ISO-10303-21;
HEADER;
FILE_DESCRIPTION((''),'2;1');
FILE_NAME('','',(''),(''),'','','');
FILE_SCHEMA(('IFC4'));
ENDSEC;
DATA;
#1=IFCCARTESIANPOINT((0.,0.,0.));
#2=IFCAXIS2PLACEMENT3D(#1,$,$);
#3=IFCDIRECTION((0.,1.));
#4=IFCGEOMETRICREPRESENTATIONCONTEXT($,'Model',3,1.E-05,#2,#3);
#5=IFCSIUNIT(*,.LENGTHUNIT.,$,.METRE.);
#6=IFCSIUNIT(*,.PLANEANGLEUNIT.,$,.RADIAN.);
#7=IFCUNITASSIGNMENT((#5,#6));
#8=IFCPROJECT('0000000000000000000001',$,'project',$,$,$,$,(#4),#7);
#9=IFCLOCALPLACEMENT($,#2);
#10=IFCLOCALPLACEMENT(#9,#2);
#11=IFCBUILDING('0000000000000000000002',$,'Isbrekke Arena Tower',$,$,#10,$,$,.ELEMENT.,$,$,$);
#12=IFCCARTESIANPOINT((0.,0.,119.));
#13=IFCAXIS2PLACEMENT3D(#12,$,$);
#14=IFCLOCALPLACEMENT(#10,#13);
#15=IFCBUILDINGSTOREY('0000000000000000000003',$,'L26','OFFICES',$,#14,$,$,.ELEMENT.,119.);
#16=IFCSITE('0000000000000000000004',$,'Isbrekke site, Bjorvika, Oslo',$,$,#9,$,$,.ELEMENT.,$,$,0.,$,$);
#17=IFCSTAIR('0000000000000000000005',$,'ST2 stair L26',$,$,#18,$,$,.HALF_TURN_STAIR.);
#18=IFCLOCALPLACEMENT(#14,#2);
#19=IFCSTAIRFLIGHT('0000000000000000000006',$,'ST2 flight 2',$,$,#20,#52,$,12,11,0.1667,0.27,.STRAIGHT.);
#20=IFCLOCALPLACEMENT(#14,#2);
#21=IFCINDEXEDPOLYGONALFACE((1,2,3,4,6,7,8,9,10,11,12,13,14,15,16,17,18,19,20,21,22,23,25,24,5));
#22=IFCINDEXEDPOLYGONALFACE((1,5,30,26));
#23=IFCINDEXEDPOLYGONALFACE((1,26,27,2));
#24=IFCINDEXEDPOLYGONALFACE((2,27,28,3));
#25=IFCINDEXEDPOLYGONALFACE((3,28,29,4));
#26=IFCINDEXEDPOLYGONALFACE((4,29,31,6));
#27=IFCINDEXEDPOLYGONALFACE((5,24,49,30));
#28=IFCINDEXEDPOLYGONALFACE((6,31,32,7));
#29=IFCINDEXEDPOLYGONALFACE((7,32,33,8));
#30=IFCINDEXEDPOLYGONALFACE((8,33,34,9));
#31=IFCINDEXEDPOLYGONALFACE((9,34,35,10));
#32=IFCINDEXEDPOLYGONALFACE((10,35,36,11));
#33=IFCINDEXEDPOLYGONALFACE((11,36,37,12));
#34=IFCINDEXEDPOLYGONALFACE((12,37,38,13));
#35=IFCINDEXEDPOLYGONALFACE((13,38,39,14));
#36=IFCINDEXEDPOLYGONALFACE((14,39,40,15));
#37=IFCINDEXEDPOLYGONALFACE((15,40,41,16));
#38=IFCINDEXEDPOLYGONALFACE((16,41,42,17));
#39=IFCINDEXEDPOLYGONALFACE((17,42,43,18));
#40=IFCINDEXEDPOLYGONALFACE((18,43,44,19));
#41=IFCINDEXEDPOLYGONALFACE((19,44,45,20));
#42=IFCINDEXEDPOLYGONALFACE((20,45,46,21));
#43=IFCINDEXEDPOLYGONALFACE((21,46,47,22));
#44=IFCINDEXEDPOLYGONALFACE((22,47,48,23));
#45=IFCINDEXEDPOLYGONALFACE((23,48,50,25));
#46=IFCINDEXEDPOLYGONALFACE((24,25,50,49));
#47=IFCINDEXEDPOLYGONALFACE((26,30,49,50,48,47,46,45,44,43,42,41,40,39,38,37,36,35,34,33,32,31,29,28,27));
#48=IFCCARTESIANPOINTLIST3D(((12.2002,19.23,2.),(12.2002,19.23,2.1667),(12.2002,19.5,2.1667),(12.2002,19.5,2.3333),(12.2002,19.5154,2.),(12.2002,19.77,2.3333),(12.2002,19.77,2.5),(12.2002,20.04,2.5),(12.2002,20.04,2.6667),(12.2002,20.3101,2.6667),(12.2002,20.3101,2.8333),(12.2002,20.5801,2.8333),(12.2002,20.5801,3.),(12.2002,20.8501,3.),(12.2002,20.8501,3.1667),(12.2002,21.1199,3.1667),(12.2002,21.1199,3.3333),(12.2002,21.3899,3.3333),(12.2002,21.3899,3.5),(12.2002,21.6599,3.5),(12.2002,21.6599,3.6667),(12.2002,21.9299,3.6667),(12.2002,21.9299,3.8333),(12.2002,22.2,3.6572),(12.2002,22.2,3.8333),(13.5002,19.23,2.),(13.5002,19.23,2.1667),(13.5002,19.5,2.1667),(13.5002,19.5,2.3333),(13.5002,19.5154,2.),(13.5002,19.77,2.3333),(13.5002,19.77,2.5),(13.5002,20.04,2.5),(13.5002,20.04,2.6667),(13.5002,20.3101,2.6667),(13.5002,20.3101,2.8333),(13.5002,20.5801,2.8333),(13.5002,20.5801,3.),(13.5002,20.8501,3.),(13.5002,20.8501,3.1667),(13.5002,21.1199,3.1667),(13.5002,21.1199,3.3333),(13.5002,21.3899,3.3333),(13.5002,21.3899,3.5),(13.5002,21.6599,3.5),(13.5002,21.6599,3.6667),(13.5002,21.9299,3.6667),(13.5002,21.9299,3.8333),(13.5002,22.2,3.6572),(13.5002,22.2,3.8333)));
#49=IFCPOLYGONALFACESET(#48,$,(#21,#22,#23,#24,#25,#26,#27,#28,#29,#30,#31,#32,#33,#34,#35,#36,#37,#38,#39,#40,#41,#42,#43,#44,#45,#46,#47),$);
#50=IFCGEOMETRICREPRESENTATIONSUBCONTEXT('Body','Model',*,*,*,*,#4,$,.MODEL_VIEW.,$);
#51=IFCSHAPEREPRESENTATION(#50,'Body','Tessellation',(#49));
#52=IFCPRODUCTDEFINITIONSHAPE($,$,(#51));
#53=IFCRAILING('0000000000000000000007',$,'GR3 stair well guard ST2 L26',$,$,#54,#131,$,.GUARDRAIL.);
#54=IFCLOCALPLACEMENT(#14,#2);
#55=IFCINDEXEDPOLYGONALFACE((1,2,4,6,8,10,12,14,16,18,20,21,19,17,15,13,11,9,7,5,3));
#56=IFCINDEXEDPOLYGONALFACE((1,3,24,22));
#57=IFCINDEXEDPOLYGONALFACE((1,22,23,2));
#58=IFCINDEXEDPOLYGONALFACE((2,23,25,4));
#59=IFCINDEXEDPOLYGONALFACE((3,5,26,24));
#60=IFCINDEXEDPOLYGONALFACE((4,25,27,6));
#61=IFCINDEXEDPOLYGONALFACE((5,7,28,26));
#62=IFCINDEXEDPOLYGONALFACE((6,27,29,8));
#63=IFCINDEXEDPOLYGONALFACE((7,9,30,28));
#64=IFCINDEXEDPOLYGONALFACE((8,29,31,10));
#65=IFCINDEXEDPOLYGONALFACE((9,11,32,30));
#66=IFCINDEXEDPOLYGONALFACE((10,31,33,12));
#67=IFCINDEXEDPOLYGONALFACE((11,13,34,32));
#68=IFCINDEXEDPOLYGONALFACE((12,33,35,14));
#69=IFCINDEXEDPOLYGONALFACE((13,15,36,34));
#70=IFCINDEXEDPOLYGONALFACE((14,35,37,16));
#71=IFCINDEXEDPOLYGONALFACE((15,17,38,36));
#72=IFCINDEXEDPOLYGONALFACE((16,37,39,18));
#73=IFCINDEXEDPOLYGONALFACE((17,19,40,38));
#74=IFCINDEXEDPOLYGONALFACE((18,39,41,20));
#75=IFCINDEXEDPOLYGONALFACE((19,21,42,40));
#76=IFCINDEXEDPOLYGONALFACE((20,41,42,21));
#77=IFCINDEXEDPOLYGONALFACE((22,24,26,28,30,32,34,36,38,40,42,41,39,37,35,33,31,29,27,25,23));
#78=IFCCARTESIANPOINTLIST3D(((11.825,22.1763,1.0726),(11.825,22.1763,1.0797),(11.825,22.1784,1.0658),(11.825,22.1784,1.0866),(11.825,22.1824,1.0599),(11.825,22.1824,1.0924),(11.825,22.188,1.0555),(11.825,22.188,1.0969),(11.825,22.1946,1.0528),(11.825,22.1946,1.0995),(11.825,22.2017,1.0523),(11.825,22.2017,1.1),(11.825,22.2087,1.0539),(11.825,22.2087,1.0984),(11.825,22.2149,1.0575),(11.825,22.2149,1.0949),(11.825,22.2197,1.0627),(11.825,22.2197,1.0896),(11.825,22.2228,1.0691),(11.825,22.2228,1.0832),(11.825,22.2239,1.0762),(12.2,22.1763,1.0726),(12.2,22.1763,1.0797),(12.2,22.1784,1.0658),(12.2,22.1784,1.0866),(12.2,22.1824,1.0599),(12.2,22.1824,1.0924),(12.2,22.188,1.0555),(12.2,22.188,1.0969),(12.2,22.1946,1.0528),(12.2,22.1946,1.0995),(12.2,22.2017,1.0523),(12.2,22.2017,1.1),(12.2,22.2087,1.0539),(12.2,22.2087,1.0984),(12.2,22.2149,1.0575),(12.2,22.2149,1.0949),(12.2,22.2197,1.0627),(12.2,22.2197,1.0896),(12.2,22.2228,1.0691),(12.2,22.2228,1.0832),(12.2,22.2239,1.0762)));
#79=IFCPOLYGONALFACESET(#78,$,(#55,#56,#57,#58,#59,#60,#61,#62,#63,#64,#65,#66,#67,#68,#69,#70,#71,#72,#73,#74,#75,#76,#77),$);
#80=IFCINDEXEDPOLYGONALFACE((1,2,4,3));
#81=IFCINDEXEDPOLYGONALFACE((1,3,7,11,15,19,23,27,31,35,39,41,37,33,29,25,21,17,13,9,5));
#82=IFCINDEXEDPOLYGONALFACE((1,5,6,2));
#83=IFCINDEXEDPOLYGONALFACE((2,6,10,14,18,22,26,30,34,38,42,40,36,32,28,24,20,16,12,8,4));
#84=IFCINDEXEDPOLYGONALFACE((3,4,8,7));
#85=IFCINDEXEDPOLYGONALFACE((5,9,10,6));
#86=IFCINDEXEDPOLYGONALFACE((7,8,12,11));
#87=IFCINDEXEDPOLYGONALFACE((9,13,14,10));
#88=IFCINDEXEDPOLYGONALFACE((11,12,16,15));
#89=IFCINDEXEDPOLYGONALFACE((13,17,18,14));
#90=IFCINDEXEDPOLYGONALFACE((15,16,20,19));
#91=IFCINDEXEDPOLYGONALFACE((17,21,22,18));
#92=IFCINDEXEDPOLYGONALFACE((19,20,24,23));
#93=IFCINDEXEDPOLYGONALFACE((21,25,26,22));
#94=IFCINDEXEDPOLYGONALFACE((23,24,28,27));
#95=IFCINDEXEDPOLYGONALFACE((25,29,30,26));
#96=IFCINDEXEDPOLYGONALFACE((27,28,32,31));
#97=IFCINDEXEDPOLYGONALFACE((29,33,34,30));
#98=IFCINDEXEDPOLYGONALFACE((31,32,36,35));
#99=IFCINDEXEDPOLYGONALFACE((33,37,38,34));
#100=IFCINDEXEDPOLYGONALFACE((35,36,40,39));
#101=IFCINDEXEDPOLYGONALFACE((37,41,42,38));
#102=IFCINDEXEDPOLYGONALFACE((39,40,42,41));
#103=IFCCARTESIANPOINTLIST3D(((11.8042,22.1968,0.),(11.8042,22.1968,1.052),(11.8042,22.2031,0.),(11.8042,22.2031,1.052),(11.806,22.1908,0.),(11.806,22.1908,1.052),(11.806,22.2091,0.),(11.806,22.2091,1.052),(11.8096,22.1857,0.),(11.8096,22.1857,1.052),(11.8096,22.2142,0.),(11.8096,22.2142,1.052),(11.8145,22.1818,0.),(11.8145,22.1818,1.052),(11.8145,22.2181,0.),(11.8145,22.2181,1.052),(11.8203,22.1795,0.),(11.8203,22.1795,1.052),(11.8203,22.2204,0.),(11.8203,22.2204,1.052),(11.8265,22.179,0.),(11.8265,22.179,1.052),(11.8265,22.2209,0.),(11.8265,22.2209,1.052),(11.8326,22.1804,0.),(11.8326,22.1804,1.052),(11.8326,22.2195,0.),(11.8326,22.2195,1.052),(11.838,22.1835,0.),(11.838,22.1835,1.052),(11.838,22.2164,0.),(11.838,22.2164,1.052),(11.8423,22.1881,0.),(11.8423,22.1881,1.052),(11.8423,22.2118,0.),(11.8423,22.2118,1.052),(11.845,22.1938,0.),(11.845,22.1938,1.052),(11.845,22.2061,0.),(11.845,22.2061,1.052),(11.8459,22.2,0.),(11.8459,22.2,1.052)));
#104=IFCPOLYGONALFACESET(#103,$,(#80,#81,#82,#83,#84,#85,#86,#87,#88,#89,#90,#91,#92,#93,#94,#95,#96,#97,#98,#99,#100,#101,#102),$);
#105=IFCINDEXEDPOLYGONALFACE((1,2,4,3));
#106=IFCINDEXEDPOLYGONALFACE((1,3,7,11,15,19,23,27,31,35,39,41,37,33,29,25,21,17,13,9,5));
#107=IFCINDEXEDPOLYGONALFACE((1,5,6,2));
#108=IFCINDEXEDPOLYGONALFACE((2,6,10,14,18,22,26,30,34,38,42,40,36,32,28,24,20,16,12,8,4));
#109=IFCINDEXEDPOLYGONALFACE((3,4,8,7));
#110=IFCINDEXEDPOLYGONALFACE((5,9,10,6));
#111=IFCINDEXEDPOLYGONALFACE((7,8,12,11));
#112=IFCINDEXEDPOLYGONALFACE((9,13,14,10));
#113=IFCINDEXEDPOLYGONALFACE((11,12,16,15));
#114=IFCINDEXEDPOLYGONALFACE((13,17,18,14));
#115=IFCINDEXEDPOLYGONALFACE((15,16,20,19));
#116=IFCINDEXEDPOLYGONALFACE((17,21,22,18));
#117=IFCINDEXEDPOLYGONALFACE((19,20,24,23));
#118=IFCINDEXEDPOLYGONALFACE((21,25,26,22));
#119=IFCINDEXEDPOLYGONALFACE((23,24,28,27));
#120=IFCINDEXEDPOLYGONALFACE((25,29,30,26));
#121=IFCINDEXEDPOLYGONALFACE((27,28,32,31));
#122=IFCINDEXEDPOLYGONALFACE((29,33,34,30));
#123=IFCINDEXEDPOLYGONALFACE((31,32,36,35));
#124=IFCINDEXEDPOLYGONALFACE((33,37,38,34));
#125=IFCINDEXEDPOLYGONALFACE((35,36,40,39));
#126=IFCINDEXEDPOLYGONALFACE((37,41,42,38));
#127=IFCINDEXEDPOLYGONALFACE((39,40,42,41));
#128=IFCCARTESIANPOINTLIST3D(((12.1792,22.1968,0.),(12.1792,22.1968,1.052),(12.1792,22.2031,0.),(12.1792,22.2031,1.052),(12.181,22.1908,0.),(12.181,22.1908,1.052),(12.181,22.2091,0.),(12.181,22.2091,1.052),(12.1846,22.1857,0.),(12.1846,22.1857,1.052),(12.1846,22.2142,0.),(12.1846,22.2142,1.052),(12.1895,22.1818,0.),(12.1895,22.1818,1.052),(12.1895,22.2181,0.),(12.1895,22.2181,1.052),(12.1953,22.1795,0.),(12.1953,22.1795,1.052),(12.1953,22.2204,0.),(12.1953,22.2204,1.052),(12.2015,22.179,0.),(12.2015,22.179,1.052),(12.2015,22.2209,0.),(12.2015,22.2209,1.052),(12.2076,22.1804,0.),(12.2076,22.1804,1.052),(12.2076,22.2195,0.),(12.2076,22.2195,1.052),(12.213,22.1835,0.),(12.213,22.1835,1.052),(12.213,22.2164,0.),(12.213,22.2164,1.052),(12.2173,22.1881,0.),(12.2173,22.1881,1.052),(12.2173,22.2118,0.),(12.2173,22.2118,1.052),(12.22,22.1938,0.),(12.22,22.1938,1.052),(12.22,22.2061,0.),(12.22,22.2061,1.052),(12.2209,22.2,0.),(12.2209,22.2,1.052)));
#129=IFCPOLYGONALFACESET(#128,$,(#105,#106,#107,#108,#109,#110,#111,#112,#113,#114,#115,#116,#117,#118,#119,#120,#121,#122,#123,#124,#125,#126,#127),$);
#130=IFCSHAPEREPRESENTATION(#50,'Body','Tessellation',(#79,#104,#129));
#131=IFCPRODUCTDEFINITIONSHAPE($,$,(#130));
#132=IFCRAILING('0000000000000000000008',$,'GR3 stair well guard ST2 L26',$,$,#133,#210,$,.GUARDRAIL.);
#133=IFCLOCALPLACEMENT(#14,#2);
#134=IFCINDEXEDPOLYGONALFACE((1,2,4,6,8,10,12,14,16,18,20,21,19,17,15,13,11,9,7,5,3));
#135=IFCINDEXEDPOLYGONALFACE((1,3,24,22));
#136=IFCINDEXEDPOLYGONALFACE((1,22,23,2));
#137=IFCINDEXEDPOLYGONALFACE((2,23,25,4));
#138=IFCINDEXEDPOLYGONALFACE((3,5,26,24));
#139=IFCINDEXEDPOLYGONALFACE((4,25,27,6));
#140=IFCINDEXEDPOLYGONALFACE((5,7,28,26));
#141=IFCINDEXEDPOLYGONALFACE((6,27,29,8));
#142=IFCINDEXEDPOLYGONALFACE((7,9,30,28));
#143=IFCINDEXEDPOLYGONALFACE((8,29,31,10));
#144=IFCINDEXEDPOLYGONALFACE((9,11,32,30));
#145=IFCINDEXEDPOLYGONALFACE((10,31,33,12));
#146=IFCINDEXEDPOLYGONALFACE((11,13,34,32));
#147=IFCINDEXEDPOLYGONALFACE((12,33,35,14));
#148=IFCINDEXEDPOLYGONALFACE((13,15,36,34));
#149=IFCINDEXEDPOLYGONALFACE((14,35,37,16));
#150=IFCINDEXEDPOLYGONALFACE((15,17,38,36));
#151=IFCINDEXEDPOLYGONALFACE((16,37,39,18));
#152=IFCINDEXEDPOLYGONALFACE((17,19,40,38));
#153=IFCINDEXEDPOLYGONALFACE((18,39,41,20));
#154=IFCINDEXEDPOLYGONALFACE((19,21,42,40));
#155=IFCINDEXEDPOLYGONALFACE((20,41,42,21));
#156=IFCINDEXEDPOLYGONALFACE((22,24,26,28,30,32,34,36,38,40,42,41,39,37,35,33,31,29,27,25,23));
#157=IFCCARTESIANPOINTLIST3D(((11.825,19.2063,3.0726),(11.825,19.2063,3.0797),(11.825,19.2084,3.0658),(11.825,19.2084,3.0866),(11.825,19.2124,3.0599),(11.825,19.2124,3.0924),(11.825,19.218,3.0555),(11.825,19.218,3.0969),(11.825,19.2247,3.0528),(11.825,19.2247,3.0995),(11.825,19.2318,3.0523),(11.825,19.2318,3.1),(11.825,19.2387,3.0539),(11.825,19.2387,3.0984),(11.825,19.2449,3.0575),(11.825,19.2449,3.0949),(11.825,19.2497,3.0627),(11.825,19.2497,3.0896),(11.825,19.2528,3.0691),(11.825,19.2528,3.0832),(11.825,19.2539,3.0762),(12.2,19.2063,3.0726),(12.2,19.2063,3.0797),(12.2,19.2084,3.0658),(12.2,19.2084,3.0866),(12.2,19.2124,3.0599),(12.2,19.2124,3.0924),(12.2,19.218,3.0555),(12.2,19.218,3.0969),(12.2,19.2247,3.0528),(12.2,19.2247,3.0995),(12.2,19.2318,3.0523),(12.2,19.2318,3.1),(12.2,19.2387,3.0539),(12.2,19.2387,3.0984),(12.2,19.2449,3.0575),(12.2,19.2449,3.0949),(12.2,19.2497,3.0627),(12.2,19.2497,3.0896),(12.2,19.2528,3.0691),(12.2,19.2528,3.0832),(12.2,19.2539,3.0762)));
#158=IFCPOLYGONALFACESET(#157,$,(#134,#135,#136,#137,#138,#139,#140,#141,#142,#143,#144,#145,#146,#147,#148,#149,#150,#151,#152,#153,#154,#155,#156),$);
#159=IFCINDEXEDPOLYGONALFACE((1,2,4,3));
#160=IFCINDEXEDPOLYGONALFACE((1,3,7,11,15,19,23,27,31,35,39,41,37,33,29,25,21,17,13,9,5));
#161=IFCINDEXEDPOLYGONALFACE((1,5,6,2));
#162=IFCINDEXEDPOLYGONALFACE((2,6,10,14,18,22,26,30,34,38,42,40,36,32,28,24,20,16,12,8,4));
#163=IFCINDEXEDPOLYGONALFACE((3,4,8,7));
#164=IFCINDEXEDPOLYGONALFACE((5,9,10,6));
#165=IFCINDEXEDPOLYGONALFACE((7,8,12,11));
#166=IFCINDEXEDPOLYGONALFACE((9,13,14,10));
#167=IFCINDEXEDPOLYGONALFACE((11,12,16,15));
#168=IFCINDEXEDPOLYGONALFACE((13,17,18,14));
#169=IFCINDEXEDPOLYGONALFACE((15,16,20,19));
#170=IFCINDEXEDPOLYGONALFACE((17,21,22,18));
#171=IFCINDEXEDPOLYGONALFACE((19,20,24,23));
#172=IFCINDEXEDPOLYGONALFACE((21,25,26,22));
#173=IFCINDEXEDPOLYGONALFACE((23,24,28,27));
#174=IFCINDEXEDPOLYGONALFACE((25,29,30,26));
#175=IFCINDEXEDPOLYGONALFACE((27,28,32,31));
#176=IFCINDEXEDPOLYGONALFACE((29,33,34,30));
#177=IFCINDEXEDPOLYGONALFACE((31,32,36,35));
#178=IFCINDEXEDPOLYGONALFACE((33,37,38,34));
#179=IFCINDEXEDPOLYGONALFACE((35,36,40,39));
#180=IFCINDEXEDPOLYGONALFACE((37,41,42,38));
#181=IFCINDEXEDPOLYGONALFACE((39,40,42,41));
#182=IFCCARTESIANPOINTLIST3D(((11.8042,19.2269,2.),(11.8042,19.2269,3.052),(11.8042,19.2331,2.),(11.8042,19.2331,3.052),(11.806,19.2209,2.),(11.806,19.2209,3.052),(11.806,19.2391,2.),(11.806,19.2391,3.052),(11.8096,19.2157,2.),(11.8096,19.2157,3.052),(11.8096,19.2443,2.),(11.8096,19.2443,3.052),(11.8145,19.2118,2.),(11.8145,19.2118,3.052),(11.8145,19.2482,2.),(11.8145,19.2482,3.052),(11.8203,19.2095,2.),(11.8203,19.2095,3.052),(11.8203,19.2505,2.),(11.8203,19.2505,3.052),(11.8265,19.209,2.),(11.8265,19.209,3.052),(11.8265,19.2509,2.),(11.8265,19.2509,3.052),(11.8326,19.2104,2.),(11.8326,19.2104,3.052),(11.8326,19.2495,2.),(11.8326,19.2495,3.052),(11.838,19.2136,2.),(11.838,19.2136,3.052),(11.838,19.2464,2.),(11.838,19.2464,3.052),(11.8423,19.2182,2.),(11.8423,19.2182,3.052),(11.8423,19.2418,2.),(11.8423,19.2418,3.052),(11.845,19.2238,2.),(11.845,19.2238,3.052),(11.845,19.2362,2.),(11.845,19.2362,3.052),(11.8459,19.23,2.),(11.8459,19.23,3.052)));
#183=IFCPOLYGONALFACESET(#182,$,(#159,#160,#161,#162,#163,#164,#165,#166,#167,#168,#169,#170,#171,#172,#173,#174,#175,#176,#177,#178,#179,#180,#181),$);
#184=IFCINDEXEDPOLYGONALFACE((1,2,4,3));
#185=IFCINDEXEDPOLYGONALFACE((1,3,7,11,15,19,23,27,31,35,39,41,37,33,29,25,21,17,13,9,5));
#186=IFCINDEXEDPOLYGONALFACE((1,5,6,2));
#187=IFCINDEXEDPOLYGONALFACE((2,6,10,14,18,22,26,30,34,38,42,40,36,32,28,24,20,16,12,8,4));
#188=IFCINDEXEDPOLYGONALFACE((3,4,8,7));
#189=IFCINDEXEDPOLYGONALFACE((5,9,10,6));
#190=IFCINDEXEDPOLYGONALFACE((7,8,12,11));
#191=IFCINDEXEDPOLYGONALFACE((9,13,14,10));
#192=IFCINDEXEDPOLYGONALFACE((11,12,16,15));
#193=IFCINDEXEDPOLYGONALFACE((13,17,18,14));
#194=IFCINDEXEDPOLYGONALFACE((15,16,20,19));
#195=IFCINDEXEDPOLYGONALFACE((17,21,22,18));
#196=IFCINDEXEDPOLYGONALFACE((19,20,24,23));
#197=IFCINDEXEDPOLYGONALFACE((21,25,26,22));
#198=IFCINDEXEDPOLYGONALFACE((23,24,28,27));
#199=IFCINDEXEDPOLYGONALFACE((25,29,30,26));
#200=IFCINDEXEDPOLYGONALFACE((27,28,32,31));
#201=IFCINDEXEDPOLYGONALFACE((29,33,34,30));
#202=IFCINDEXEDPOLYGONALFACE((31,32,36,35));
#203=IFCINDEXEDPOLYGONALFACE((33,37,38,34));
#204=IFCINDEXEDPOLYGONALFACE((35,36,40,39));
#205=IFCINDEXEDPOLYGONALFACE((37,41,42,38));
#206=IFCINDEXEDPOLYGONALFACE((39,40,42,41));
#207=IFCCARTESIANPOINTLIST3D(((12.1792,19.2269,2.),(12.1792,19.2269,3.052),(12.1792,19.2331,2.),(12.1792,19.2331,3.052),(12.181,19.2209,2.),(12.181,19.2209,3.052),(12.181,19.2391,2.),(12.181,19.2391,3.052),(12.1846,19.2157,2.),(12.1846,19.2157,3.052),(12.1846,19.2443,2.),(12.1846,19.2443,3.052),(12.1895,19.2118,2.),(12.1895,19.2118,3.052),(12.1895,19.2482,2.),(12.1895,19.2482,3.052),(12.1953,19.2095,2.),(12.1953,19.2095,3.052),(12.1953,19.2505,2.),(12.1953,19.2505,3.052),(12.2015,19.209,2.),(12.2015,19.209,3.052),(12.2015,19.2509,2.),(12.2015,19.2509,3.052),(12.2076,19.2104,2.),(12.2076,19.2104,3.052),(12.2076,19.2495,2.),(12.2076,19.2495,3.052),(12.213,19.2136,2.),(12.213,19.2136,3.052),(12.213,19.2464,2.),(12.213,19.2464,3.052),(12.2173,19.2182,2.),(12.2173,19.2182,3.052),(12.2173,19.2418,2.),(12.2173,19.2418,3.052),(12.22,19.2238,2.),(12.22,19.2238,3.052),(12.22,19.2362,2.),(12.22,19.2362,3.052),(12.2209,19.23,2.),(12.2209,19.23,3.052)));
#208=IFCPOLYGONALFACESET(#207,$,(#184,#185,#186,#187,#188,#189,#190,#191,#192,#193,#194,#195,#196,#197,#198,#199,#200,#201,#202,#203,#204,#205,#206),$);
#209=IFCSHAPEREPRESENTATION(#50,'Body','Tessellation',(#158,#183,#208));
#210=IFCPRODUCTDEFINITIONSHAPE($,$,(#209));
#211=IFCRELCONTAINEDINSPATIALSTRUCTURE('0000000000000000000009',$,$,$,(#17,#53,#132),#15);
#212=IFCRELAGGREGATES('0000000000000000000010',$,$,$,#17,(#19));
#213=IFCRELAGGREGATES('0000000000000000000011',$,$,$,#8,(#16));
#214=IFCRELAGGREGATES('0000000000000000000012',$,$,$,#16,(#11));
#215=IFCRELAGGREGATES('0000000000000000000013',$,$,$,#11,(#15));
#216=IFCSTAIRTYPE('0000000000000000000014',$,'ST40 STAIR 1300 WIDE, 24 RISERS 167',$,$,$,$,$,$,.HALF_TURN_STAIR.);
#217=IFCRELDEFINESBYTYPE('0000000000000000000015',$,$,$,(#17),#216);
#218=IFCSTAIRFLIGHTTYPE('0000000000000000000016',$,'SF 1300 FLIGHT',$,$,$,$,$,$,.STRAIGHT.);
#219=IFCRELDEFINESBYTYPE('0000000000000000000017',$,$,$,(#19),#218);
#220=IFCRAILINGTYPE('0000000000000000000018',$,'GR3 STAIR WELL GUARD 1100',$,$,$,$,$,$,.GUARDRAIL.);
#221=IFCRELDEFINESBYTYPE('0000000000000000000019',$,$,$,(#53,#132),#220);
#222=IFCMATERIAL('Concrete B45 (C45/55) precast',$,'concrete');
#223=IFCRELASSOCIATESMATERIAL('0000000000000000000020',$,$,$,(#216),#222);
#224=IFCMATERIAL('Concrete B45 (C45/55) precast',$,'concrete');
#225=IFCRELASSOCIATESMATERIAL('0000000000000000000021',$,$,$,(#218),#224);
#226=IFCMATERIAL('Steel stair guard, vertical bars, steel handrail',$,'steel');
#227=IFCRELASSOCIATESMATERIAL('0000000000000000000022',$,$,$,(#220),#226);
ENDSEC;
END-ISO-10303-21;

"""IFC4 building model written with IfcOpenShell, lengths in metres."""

from ifc_helpers import new_model, si_unit, direction, frame, origin, origin_2d, place, context, subcontext, project, spatial, polyline, circle, outline, extrude, material, type_object, element, aggregate, save


model = new_model("IFC4")

# Units and contexts
model_context = context("Model", 3, precision=1e-05, world=origin(), true_north=direction((0.0, 1.0)))
body_context = subcontext(model_context, "Body", "Model", "MODEL_VIEW")
ifc_project = project(units=[si_unit("LENGTHUNIT", "METRE"), si_unit("PLANEANGLEUNIT", "RADIAN")], contexts=[model_context])

# Site, building, storey
site_placement = place(None, origin())
site = spatial("IfcSite", under=ifc_project, at=site_placement, Name="Isbrekke site, Bjorvika, Oslo", CompositionType="ELEMENT", RefElevation=0.0)
building_placement = place(site_placement, origin())
building = spatial("IfcBuilding", under=site, at=building_placement, Name="Isbrekke Arena Tower", CompositionType="ELEMENT")
storey_placement = place(building_placement, frame((0.0, 0.0, 119.0)))
storey = spatial("IfcBuildingStorey", under=building, at=storey_placement, Name="L26", Description="OFFICES", CompositionType="ELEMENT", Elevation=119.0)

# Stair, stair flight
ifc_material_1 = material(Name="Concrete B45 (C45/55) precast", Category="concrete")
stair_type = type_object("IfcStairType", Name="ST40 STAIR 1300 WIDE, 24 RISERS 167", PredefinedType="HALF_TURN_STAIR", material=ifc_material_1)
stair_placement = place(storey_placement, origin())
stair = element("IfcStair", 1, at=stair_placement, inside=storey, type_object=stair_type, Name="ST2 stair L26", PredefinedType="HALF_TURN_STAIR")
ifc_material_2 = material(Name="Concrete B45 (C45/55) precast", Category="concrete")
stair_flight_type = type_object("IfcStairFlightType", Name="SF 1300 FLIGHT", PredefinedType="STRAIGHT", material=ifc_material_2)
stair_flight_1_placement = place(storey_placement, frame((12.8501, 19.23, 2.0), z_axis=(0.0, 0.0, 1.0), x_axis=(0.0, 1.0, 0.0)))
stair_flight_1 = element("IfcStairFlight", 2, at=stair_flight_1_placement, type_object=stair_flight_type, Name="ST2 flight 2", NumberOfRisers=12, NumberOfTreads=11, PredefinedType="STRAIGHT", RiserHeight=0.1667, TreadLength=0.27, context=body_context, shape_type="SweptSolid", body=[
    extrude(outline(polyline([(0.0, 0.0), (0.0, 0.1667), (0.27, 0.1667), (0.27, 0.3333), (0.54, 0.3333), (0.54, 0.5), (0.8101, 0.5), (0.8101, 0.6667), (1.0801, 0.6667), (1.0801, 0.8333), (1.3501, 0.8333), (1.3501, 1.0), (1.6201, 1.0), (1.6201, 1.1667), (1.8899, 1.1667), (1.8899, 1.3333), (2.1599, 1.3333), (2.1599, 1.5), (2.4299, 1.5), (2.4299, 1.6667), (2.7, 1.6667), (2.7, 1.8333), (2.97, 1.8333), (2.97, 2.0), (2.97, 1.6572), (0.2854, 0.0), (0.0, 0.0)])), frame((0.0, 0.6499, 0.0), z_axis=(0.0, -1.0, 0.0), x_axis=(1.0, 0.0, 0.0)), (0.0, 0.0, 1.0), 1.3),
])
aggregate(stair, [stair_flight_1])

# Railings
ifc_material_3 = material(Name="Steel stair guard, vertical bars, steel handrail", Category="steel")
railing_type = type_object("IfcRailingType", Name="GR3 STAIR WELL GUARD 1100", PredefinedType="GUARDRAIL", material=ifc_material_3)
for number, where, name in (
    (3, (11.825, 22.2, 0.0), "GR3 stair well guard ST2 L26"),
    (4, (11.825, 19.23, 2.0), "GR3 stair well guard ST2 L26"),
):
    element("IfcRailing", number, at=place(storey_placement, frame(where)), inside=storey, type_object=railing_type, Name=name, PredefinedType="GUARDRAIL", context=body_context, shape_type="SweptSolid", body=[
        extrude(circle(Radius=0.0239, at=origin_2d()), frame((0.0, 0.0, 1.0762), z_axis=(1.0, 0.0, 0.0), x_axis=(0.0, 1.0, 0.0)), (0.0, 0.0, 1.0), 0.375),
        extrude(circle(Radius=0.021, at=origin_2d()), origin(), (0.0, 0.0, 1.0), 1.052),
        extrude(circle(Radius=0.021, at=origin_2d()), frame((0.375, 0.0, 0.0)), (0.0, 0.0, 1.0), 1.052),
    ])

save(model, "model.ifc")
